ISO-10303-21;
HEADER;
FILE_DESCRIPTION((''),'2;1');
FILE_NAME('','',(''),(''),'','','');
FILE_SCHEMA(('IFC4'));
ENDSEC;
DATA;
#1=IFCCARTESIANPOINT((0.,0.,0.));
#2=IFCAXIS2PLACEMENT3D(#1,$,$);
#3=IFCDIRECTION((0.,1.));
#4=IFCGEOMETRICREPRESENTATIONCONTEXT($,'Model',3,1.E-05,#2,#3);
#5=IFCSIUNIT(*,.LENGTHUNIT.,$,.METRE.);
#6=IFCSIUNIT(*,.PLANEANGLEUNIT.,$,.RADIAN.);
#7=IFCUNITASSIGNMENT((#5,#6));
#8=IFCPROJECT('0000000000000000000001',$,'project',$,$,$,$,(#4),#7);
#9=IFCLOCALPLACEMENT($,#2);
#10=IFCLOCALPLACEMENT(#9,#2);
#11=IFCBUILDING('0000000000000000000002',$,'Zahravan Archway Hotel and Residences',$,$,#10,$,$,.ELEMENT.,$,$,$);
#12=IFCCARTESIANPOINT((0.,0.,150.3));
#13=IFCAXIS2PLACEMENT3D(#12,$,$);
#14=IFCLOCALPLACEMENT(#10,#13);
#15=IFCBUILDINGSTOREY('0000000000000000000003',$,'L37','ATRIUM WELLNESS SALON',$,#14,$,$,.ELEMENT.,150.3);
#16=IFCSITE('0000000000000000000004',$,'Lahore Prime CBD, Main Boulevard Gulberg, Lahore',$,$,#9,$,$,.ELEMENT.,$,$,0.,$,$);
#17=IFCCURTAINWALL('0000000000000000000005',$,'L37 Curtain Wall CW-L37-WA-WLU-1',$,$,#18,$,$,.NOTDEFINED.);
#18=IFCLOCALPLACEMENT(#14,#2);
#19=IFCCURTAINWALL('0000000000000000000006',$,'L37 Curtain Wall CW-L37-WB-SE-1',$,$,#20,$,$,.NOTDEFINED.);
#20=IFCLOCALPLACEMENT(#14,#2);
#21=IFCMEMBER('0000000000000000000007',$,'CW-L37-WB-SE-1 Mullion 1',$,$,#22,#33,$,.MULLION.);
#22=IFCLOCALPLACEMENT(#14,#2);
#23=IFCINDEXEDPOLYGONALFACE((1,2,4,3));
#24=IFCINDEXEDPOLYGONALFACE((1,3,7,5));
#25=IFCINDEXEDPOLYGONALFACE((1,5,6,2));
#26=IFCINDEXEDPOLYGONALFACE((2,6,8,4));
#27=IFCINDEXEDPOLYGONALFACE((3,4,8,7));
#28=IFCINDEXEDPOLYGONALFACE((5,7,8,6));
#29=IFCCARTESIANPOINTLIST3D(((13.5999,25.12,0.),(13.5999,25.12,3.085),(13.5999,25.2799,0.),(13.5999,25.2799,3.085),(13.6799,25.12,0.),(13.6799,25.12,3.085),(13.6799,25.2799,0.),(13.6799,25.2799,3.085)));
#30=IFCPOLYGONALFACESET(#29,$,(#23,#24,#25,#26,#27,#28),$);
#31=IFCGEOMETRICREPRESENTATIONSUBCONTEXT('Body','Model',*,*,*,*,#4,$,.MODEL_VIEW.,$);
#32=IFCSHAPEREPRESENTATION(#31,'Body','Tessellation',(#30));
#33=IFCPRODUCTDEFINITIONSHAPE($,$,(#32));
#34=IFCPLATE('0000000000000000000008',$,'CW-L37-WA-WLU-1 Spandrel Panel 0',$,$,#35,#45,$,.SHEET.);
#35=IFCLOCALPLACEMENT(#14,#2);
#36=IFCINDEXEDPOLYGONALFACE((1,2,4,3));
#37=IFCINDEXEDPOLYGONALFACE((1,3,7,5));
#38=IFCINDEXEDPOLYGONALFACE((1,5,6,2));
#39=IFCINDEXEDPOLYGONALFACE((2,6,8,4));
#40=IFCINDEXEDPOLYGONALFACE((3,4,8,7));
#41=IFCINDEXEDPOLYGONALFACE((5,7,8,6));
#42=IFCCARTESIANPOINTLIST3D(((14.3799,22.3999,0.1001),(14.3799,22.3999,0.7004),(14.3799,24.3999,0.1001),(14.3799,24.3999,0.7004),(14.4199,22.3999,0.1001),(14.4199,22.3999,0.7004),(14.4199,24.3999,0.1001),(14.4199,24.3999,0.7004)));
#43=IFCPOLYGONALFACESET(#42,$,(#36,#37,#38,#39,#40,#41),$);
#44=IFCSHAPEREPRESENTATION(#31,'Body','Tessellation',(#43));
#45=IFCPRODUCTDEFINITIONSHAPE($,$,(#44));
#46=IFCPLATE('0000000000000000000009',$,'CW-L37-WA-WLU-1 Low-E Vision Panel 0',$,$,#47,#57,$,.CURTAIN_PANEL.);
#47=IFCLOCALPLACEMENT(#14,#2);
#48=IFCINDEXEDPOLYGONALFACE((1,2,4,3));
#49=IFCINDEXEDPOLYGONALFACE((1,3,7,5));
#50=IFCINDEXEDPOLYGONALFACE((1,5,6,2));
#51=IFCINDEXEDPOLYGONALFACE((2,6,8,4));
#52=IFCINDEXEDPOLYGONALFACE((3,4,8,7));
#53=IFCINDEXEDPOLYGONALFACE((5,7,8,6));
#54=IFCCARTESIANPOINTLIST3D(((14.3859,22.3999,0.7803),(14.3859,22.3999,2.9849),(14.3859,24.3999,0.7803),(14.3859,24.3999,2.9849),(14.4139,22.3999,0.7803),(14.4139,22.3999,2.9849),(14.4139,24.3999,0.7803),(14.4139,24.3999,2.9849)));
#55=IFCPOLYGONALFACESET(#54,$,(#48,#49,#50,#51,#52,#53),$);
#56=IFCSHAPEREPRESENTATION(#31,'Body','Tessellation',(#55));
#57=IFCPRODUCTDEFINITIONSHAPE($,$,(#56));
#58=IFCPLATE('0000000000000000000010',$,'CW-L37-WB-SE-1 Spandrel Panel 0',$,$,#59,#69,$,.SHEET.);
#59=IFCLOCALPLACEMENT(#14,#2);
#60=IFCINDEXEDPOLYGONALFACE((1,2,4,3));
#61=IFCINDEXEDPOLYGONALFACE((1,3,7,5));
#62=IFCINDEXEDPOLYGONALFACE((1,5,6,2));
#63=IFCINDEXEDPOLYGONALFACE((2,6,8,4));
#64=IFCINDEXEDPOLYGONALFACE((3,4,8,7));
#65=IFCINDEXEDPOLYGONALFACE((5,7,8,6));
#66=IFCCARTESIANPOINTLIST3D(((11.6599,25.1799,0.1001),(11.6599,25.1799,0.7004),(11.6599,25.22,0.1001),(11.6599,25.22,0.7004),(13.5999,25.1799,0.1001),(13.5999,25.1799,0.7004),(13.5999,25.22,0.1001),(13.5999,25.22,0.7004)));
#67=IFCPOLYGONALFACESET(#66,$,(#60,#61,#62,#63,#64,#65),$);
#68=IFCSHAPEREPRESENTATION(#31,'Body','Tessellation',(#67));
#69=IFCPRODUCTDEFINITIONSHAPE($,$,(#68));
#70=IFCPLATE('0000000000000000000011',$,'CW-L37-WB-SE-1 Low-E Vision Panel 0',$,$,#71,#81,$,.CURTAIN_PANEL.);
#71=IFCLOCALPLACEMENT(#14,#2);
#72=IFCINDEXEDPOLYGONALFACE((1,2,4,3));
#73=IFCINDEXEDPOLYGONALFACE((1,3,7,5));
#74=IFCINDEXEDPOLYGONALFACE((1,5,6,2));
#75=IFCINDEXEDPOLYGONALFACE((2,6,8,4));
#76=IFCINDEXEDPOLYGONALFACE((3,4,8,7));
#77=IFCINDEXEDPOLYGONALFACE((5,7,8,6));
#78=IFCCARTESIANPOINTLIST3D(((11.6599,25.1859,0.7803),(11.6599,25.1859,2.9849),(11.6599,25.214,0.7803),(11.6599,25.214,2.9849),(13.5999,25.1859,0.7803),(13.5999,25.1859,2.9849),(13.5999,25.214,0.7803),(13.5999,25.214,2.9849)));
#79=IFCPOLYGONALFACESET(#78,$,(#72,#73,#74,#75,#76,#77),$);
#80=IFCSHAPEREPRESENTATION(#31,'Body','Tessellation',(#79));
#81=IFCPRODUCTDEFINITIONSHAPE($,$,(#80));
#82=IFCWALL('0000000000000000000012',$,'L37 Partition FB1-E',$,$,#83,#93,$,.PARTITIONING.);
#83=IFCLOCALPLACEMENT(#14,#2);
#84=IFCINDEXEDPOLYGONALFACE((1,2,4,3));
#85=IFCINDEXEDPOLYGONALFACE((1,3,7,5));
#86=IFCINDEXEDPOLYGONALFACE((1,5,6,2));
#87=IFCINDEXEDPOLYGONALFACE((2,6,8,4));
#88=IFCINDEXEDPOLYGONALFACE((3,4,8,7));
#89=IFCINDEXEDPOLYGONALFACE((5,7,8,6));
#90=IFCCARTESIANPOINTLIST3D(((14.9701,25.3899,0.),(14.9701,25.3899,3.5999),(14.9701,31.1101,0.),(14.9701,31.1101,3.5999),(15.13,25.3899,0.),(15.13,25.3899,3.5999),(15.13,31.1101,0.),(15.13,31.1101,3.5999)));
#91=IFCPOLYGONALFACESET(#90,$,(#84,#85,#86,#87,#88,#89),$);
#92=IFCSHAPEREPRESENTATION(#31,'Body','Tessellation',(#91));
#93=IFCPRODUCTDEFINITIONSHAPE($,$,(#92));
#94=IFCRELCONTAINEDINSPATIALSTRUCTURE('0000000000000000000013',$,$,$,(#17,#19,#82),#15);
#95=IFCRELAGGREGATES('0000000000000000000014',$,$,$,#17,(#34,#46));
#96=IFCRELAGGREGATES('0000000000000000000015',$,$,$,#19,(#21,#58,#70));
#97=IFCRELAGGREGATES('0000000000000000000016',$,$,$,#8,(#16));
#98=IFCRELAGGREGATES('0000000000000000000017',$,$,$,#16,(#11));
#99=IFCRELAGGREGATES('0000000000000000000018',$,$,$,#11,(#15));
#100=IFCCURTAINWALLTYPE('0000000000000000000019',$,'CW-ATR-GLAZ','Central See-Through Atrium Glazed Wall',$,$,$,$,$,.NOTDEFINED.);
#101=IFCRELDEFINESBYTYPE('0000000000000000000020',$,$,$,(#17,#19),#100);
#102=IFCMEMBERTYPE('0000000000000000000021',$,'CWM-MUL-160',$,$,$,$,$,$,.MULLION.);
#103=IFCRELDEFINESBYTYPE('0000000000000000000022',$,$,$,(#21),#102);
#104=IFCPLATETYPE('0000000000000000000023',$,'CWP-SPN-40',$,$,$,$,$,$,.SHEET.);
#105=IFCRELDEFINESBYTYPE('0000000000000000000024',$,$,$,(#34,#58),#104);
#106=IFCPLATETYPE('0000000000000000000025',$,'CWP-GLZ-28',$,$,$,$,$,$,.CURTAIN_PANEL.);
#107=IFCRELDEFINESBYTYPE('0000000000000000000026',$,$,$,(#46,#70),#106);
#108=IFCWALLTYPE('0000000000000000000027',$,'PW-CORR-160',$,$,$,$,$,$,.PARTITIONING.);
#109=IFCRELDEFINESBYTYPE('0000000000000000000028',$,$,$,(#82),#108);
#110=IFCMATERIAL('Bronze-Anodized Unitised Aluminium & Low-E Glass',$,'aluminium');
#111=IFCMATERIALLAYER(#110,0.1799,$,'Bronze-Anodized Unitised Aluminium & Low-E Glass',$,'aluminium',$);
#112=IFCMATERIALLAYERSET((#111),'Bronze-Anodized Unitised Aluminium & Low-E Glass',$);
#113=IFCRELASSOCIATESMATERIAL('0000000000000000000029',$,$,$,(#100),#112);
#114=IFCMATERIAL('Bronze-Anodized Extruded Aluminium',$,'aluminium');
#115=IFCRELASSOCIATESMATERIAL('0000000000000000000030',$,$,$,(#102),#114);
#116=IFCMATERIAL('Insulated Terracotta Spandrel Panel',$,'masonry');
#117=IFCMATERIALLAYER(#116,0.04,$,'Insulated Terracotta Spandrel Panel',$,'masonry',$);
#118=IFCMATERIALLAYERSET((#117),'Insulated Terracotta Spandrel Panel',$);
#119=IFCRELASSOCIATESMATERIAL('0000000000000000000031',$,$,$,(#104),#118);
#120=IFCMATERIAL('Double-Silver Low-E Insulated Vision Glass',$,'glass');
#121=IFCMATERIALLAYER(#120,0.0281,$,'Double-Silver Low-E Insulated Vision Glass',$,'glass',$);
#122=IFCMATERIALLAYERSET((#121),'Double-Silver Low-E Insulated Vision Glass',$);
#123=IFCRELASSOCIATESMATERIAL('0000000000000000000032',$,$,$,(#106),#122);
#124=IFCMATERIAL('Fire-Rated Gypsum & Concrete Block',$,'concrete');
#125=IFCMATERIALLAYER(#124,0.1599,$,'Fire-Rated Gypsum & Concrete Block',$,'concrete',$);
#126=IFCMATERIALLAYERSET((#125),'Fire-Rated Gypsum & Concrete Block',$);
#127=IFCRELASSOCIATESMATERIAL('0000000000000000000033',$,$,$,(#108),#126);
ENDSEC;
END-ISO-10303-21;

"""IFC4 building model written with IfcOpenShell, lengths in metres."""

from ifc_helpers import new_model, si_unit, direction, frame, frame_2d, origin, origin_2d, place, context, subcontext, project, spatial, rectangle, extrude, source, transform, mapped, material, layer, layer_set, material_profile, profile_set, type_object, element, aggregate, save


model = new_model("IFC4")

# Units and contexts
model_context = context("Model", 3, precision=1e-05, world=origin(), true_north=direction((0.0, 1.0)))
body_context = subcontext(model_context, "Body", "Model", "MODEL_VIEW")
ifc_project = project(units=[si_unit("LENGTHUNIT", "METRE"), si_unit("PLANEANGLEUNIT", "RADIAN")], contexts=[model_context])

# Site, building, storey
site_placement = place(None, origin())
site = spatial("IfcSite", under=ifc_project, at=site_placement, Name="Lahore Prime CBD, Main Boulevard Gulberg, Lahore", CompositionType="ELEMENT", RefElevation=0.0)
building_placement = place(site_placement, origin())
building = spatial("IfcBuilding", under=site, at=building_placement, Name="Zahravan Archway Hotel and Residences", CompositionType="ELEMENT")
storey_placement = place(building_placement, frame((0.0, 0.0, 150.3)))
storey = spatial("IfcBuildingStorey", under=building, at=storey_placement, Name="L37", Description="ATRIUM WELLNESS SALON", CompositionType="ELEMENT", Elevation=150.3)

# Curtain wall
ifc_material_1 = material(Name="Bronze-Anodized Unitised Aluminium & Low-E Glass", Category="aluminium")
ifc_layer_1 = layer(ifc_material_1, 0.1799, Name="Bronze-Anodized Unitised Aluminium & Low-E Glass", Category="aluminium")
ifc_layer_set_1 = layer_set([ifc_layer_1], Name="Bronze-Anodized Unitised Aluminium & Low-E Glass")
curtain_wall_type = type_object("IfcCurtainWallType", Name="CW-ATR-GLAZ", Description="Central See-Through Atrium Glazed Wall", PredefinedType="NOTDEFINED", material=ifc_layer_set_1)
curtain_wall_1_placement = place(storey_placement, origin())
curtain_wall_1 = element("IfcCurtainWall", 1, at=curtain_wall_1_placement, inside=storey, type_object=curtain_wall_type, Name="L37 Curtain Wall CW-L37-WA-WLU-1", PredefinedType="NOTDEFINED")
ifc_material_2 = material(Name="Bronze-Anodized Extruded Aluminium", Category="aluminium")
ifc_material_profile_1 = material_profile(ifc_material_2, rectangle(XDim=0.0801, YDim=0.1599, at=origin_2d()), Name="MUL 80x160", Category="aluminium")
ifc_profile_set_1 = profile_set([ifc_material_profile_1], Name="Bronze-Anodized Extruded Aluminium")
member_type_1 = type_object("IfcMemberType", Name="CWM-MUL-160", PredefinedType="MULLION", material=ifc_profile_set_1)
shared_shape_1 = source(origin(), body_context, "Body", "SweptSolid", [
    extrude(rectangle(XDim=0.0801, YDim=0.1599, at=origin_2d()), origin(), (0.0, 0.0, 1.0), 3.085),
])

# Curtain wall, member
curtain_wall_2_placement = place(storey_placement, origin())
curtain_wall_2 = element("IfcCurtainWall", 2, at=curtain_wall_2_placement, inside=storey, type_object=curtain_wall_type, Name="L37 Curtain Wall CW-L37-WB-SE-1", PredefinedType="NOTDEFINED")
member_1_placement = place(storey_placement, frame((13.6399, 25.2, 0.0), z_axis=(0.0, 0.0, 1.0), x_axis=(1.0, 0.0, 0.0)))
member_1 = element("IfcMember", 3, at=member_1_placement, type_object=member_type_1, Name="CW-L37-WB-SE-1 Mullion 1", PredefinedType="MULLION", context=body_context, shape_type="MappedRepresentation", body=[
    mapped(shared_shape_1, transform((0.0, 0.0, 0.0), scale=1.0)),
])

# Plates
ifc_material_3 = material(Name="Insulated Terracotta Spandrel Panel", Category="masonry")
ifc_layer_2 = layer(ifc_material_3, 0.04, Name="Insulated Terracotta Spandrel Panel", Category="masonry")
ifc_layer_set_2 = layer_set([ifc_layer_2], Name="Insulated Terracotta Spandrel Panel")
plate_type_1 = type_object("IfcPlateType", Name="CWP-SPN-40", PredefinedType="SHEET", material=ifc_layer_set_2)
shared_shape_2 = source(origin(), body_context, "Body", "SweptSolid", [
    extrude(rectangle(XDim=2.0, YDim=0.04, at=origin_2d()), origin(), (0.0, 0.0, 1.0), 0.6003),
])
plate_1_placement = place(storey_placement, frame((14.3999, 23.3999, 0.1001), z_axis=(0.0, 0.0, 1.0), x_axis=(0.0, 1.0, 0.0)))
plate_1 = element("IfcPlate", 4, at=plate_1_placement, type_object=plate_type_1, Name="CW-L37-WA-WLU-1 Spandrel Panel 0", PredefinedType="SHEET", context=body_context, shape_type="MappedRepresentation", body=[
    mapped(shared_shape_2, transform((0.0, 0.0, 0.0), scale=1.0)),
])
ifc_material_4 = material(Name="Double-Silver Low-E Insulated Vision Glass", Category="glass")
ifc_layer_3 = layer(ifc_material_4, 0.0281, Name="Double-Silver Low-E Insulated Vision Glass", Category="glass")
ifc_layer_set_3 = layer_set([ifc_layer_3], Name="Double-Silver Low-E Insulated Vision Glass")
plate_type_2 = type_object("IfcPlateType", Name="CWP-GLZ-28", PredefinedType="CURTAIN_PANEL", material=ifc_layer_set_3)
shared_shape_3 = source(origin(), body_context, "Body", "SweptSolid", [
    extrude(rectangle(XDim=2.0, YDim=0.0281, at=origin_2d()), origin(), (0.0, 0.0, 1.0), 2.2046),
])
plate_2_placement = place(storey_placement, frame((14.3999, 23.3999, 0.7803), z_axis=(0.0, 0.0, 1.0), x_axis=(0.0, 1.0, 0.0)))
plate_2 = element("IfcPlate", 5, at=plate_2_placement, type_object=plate_type_2, Name="CW-L37-WA-WLU-1 Low-E Vision Panel 0", PredefinedType="CURTAIN_PANEL", context=body_context, shape_type="MappedRepresentation", body=[
    mapped(shared_shape_3, transform((0.0, 0.0, 0.0), scale=1.0)),
])
aggregate(curtain_wall_1, [plate_1, plate_2])
shared_shape_4 = source(origin(), body_context, "Body", "SweptSolid", [
    extrude(rectangle(XDim=1.9399, YDim=0.04, at=origin_2d()), origin(), (0.0, 0.0, 1.0), 0.6003),
])
plate_3_placement = place(storey_placement, frame((12.6299, 25.2, 0.1001), z_axis=(0.0, 0.0, 1.0), x_axis=(1.0, 0.0, 0.0)))
plate_3 = element("IfcPlate", 6, at=plate_3_placement, type_object=plate_type_1, Name="CW-L37-WB-SE-1 Spandrel Panel 0", PredefinedType="SHEET", context=body_context, shape_type="MappedRepresentation", body=[
    mapped(shared_shape_4, transform((0.0, 0.0, 0.0), scale=1.0)),
])
shared_shape_5 = source(origin(), body_context, "Body", "SweptSolid", [
    extrude(rectangle(XDim=1.9399, YDim=0.0281, at=origin_2d()), origin(), (0.0, 0.0, 1.0), 2.2046),
])
plate_4_placement = place(storey_placement, frame((12.6299, 25.2, 0.7803), z_axis=(0.0, 0.0, 1.0), x_axis=(1.0, 0.0, 0.0)))
plate_4 = element("IfcPlate", 7, at=plate_4_placement, type_object=plate_type_2, Name="CW-L37-WB-SE-1 Low-E Vision Panel 0", PredefinedType="CURTAIN_PANEL", context=body_context, shape_type="MappedRepresentation", body=[
    mapped(shared_shape_5, transform((0.0, 0.0, 0.0), scale=1.0)),
])
aggregate(curtain_wall_2, [member_1, plate_3, plate_4])

# Wall
ifc_material_5 = material(Name="Fire-Rated Gypsum & Concrete Block", Category="concrete")
ifc_layer_4 = layer(ifc_material_5, 0.1599, Name="Fire-Rated Gypsum & Concrete Block", Category="concrete")
ifc_layer_set_4 = layer_set([ifc_layer_4], Name="Fire-Rated Gypsum & Concrete Block")
wall_type = type_object("IfcWallType", Name="PW-CORR-160", PredefinedType="PARTITIONING", material=ifc_layer_set_4)
wall_placement = place(storey_placement, frame((15.05, 25.3899, 0.0), z_axis=(0.0, 0.0, 1.0), x_axis=(0.0, 1.0, 0.0)))
element("IfcWall", 8, at=wall_placement, inside=storey, type_object=wall_type, Name="L37 Partition FB1-E", PredefinedType="PARTITIONING", context=body_context, shape_type="SweptSolid", body=[
    extrude(rectangle(XDim=5.7202, YDim=0.1599, at=frame_2d((2.8601, 0.0))), origin(), (0.0, 0.0, 1.0), 3.5999),
])

save(model, "model.ifc")
